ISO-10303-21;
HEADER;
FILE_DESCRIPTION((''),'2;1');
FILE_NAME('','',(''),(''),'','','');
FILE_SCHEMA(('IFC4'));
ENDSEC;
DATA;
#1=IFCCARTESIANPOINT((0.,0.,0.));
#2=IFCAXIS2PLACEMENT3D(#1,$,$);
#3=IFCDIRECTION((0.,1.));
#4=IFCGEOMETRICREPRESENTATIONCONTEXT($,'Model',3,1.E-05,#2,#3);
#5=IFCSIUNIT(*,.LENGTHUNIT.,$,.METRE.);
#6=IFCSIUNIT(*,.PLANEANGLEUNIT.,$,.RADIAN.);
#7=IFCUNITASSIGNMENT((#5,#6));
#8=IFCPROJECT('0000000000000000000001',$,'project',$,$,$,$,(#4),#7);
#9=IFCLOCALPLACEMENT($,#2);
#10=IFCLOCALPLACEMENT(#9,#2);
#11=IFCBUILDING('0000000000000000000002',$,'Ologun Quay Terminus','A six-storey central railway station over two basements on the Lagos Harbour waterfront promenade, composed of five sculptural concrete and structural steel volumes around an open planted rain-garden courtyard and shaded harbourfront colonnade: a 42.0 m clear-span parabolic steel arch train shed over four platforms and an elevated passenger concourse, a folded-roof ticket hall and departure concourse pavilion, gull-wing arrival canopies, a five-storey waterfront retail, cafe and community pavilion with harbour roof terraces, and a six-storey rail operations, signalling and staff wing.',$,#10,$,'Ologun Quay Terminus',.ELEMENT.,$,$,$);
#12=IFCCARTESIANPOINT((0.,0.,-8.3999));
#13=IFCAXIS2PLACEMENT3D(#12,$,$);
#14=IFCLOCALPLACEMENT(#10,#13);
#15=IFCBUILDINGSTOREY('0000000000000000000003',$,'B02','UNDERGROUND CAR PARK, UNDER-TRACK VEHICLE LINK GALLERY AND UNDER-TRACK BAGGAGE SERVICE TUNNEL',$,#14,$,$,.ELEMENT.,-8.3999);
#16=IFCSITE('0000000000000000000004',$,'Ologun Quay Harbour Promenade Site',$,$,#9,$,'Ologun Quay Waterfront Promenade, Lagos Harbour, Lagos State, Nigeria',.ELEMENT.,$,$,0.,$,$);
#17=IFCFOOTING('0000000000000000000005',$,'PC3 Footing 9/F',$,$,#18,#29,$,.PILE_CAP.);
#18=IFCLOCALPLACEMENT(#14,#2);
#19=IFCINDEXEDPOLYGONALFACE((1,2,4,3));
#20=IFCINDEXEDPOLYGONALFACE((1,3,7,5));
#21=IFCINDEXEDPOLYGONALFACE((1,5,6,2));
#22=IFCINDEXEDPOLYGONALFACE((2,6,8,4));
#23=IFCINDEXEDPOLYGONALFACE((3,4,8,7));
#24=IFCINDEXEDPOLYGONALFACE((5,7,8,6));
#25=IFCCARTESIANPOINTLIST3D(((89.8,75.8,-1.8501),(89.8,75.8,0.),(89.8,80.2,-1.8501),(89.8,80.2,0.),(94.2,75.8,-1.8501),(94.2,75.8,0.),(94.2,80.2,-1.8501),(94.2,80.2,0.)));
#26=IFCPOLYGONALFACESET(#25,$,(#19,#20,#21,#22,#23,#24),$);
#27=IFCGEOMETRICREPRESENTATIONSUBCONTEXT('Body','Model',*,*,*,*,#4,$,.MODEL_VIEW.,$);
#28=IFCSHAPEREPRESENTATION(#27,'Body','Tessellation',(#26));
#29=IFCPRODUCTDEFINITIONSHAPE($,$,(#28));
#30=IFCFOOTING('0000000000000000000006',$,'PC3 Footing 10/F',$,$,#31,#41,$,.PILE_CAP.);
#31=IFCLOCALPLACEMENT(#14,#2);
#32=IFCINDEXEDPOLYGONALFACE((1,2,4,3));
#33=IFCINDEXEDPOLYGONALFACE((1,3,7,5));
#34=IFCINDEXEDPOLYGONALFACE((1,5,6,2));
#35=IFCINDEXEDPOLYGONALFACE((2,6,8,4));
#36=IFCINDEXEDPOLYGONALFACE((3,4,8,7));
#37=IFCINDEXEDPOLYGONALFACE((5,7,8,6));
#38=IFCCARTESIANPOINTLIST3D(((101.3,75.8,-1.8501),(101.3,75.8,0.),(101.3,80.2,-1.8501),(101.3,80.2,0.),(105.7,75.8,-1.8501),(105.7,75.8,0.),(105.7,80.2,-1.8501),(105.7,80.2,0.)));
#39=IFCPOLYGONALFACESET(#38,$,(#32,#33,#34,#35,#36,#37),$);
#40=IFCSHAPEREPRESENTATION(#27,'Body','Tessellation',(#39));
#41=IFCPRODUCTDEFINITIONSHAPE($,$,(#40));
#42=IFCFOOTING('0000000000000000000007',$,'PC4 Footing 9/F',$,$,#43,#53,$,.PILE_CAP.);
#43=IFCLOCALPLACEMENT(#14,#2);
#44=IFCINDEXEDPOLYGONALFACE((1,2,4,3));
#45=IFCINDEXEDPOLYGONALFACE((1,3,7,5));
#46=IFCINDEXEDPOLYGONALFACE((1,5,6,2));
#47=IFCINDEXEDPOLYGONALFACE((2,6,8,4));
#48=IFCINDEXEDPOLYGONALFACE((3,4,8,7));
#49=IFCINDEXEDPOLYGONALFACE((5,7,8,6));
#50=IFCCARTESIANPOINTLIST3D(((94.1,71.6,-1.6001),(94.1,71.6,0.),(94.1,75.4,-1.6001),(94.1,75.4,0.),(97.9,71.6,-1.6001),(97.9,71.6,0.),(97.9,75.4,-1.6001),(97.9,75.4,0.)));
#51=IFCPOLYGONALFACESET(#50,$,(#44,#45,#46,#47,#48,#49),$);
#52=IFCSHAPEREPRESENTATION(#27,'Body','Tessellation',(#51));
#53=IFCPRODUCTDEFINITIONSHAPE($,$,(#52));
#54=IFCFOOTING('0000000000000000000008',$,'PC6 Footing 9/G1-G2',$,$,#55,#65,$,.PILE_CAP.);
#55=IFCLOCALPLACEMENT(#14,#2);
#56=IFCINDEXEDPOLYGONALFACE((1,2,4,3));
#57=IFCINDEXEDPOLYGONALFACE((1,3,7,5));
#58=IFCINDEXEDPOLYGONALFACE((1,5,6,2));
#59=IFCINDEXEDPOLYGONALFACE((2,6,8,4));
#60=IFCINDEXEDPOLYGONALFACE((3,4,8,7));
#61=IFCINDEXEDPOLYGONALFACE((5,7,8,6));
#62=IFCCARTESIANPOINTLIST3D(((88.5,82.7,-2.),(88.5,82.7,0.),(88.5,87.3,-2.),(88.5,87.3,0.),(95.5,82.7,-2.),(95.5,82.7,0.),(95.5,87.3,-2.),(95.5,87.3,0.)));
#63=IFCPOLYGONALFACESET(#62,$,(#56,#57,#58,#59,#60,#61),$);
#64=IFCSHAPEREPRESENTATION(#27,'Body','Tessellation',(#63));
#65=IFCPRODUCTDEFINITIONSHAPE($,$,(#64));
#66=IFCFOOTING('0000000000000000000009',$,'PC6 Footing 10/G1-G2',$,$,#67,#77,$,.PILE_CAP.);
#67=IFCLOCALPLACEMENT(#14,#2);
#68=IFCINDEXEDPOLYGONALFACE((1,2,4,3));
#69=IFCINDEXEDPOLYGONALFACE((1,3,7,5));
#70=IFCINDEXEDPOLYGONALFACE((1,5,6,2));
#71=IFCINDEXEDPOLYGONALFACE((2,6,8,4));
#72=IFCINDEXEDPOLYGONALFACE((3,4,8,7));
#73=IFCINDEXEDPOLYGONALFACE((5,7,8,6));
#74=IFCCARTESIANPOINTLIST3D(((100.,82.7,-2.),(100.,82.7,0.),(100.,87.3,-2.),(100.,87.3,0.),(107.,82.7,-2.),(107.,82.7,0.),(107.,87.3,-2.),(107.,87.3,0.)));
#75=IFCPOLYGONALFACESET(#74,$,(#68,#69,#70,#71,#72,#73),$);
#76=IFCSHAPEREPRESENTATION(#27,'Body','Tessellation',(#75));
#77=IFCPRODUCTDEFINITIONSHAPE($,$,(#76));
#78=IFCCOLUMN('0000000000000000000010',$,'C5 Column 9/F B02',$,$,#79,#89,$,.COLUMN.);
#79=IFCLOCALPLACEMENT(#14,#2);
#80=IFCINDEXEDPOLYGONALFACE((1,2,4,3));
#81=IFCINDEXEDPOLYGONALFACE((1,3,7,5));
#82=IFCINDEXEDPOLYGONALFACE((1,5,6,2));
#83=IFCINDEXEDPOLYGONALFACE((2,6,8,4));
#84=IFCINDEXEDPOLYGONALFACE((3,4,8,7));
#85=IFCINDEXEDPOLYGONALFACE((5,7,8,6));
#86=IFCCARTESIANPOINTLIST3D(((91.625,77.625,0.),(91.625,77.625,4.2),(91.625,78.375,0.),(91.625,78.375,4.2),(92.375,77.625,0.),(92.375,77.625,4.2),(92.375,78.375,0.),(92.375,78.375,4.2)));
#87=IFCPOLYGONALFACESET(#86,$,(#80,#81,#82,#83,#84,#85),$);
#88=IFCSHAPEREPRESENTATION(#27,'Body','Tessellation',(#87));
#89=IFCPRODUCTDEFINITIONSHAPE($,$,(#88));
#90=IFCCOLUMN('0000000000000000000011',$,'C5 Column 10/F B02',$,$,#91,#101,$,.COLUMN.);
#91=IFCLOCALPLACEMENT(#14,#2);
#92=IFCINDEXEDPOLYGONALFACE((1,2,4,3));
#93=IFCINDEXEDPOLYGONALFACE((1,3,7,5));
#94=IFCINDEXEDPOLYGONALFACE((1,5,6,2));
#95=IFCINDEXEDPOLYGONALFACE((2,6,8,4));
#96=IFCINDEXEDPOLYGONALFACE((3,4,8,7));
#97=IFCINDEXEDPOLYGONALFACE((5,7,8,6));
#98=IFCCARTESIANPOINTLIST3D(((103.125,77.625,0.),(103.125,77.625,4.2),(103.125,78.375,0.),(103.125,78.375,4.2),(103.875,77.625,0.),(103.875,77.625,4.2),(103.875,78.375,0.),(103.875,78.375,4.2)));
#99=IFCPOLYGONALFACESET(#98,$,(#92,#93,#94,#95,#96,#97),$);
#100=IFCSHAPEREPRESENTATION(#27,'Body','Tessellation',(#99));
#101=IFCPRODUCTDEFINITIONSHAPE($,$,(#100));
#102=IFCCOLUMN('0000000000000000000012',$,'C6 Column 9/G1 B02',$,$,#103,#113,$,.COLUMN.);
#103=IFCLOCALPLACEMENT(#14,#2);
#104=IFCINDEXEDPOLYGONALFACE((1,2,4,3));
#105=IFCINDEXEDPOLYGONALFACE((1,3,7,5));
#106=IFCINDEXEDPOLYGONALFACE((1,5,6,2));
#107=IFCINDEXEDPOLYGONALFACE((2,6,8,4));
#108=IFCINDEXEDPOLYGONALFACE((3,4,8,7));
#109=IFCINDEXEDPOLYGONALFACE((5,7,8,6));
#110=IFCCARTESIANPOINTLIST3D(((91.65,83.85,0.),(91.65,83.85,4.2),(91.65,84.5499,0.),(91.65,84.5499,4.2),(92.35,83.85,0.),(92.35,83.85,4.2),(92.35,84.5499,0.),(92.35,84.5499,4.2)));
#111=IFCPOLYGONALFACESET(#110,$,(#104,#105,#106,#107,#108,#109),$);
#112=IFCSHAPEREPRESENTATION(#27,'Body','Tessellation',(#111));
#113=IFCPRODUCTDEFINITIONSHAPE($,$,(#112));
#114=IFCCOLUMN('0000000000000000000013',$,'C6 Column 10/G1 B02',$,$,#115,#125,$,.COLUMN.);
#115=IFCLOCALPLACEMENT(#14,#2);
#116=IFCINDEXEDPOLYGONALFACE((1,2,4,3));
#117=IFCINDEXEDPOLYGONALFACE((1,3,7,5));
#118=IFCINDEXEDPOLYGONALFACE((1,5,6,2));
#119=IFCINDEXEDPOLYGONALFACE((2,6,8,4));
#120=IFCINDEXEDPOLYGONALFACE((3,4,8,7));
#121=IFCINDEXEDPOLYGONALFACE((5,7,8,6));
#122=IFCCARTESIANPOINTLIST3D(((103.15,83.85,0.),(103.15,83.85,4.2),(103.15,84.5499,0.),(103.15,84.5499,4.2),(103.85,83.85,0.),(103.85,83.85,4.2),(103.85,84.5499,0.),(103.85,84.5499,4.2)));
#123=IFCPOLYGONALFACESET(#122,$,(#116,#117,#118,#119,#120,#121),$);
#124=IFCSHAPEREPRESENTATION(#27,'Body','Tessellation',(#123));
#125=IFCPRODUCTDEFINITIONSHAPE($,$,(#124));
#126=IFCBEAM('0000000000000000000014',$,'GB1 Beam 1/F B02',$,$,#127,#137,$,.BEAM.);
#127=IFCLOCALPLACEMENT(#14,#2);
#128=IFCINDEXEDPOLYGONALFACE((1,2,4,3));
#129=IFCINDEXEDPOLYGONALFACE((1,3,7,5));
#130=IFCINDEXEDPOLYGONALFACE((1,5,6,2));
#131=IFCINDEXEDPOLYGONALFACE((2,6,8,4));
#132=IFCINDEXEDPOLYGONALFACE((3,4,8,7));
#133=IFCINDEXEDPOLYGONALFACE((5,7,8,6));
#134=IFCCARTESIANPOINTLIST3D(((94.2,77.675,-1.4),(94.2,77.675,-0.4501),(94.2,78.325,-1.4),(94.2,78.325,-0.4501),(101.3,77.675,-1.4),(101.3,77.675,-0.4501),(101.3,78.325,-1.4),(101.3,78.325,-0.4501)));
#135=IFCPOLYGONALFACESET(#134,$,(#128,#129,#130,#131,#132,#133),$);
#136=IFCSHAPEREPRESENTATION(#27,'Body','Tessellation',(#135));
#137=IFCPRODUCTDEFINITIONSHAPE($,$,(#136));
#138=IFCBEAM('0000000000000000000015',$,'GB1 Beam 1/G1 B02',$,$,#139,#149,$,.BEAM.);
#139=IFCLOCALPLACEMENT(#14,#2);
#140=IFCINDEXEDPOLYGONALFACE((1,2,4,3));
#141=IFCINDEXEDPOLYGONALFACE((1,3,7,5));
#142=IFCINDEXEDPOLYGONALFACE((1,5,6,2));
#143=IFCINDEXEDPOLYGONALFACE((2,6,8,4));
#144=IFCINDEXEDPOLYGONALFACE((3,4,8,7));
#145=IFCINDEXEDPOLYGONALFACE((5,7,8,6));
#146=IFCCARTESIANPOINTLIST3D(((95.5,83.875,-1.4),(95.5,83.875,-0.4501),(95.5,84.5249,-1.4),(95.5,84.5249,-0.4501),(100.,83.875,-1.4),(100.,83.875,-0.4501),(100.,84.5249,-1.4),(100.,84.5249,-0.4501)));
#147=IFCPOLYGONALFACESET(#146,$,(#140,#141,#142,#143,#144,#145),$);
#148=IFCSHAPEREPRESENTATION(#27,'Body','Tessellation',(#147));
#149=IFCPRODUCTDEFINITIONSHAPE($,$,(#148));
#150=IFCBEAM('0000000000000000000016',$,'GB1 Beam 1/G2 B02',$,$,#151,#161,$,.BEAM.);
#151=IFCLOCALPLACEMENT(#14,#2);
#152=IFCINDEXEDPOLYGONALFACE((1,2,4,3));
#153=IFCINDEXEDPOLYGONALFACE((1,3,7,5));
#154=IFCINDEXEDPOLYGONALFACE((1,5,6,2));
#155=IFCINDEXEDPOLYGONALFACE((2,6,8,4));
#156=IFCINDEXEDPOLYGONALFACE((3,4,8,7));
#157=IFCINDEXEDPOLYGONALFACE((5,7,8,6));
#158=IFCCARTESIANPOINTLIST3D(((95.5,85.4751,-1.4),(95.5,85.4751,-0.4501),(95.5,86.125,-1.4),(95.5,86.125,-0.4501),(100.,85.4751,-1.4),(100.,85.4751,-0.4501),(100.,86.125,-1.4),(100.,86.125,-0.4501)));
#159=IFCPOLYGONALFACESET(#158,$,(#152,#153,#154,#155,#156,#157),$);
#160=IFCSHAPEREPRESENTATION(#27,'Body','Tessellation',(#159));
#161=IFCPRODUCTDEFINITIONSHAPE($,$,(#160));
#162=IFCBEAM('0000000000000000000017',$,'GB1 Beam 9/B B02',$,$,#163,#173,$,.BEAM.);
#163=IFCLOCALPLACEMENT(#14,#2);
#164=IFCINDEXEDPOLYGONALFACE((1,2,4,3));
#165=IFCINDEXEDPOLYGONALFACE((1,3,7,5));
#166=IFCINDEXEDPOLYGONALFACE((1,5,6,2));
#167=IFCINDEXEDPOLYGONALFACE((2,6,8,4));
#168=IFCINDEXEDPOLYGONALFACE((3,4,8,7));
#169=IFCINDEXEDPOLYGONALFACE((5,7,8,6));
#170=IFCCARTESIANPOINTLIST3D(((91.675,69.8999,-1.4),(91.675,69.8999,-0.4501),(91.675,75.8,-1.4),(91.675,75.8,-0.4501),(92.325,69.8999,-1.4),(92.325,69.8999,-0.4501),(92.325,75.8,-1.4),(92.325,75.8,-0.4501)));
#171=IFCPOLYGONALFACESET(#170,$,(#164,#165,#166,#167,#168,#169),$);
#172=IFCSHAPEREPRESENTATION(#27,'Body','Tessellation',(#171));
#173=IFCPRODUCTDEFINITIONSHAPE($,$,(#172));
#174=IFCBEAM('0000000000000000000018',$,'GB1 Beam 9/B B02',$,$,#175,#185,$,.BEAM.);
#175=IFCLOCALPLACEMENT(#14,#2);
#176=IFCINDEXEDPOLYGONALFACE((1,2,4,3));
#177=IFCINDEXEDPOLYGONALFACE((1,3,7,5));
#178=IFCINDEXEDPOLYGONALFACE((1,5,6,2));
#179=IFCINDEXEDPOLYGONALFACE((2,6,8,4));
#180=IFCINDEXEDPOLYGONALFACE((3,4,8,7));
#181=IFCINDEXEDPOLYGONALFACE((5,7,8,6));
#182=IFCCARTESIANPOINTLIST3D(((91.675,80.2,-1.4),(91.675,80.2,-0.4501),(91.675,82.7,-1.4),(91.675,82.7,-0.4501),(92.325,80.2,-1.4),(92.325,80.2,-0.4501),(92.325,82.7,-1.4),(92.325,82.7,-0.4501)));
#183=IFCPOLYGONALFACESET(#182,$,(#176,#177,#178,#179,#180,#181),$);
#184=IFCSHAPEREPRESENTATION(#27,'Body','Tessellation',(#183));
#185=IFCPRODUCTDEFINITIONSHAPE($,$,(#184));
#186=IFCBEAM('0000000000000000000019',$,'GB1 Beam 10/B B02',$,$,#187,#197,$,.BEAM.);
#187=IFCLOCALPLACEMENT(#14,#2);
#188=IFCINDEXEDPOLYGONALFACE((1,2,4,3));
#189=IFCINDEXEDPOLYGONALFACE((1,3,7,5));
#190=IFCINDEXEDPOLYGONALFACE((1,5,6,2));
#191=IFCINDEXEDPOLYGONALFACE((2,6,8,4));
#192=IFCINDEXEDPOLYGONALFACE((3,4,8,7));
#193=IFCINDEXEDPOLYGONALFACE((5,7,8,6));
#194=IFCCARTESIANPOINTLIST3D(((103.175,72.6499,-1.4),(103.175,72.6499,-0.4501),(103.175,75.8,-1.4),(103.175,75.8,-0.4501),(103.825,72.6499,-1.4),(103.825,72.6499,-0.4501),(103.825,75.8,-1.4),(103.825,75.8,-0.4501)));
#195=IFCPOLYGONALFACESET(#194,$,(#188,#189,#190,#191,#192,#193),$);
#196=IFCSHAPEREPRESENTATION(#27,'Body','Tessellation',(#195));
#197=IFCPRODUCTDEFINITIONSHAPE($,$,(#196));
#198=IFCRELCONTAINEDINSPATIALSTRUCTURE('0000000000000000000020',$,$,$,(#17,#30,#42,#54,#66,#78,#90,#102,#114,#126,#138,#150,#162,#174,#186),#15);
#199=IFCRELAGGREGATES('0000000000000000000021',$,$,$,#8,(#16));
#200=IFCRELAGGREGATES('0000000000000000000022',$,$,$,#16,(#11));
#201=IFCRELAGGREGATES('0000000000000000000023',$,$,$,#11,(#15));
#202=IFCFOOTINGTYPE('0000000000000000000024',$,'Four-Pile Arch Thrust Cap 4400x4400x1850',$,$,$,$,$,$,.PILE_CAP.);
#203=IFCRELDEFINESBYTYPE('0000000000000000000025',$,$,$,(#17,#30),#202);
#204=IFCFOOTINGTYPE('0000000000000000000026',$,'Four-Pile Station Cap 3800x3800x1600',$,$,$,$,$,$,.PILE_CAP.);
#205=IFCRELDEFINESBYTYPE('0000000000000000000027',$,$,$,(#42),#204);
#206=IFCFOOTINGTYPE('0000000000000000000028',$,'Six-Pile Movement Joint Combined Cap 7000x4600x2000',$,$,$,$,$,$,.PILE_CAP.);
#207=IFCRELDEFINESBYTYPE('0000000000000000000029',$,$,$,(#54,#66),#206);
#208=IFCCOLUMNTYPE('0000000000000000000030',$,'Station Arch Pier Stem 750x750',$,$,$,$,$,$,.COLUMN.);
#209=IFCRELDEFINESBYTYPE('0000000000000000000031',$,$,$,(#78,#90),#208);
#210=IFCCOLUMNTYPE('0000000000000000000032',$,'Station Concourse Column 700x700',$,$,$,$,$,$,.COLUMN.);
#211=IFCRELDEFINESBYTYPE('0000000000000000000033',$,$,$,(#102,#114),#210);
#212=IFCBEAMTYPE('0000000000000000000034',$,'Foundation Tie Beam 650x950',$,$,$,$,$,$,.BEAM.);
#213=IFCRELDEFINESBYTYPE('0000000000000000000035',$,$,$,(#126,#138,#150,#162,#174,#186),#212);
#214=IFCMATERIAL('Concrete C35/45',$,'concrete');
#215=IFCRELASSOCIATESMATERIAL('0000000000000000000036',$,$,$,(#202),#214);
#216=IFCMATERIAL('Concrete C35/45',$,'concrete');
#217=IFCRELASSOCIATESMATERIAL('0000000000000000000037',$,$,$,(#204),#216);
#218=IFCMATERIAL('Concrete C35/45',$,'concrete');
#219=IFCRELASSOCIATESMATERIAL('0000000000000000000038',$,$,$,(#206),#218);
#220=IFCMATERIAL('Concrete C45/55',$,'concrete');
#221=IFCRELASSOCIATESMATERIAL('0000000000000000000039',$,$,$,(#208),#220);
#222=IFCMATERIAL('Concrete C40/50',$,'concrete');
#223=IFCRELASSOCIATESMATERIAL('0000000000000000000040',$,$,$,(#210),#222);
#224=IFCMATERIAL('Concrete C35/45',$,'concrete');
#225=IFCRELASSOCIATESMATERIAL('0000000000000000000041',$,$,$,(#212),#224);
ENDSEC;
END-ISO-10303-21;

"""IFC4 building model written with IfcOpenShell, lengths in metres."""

from ifc_helpers import new_model, si_unit, direction, frame, origin, origin_2d, place, context, subcontext, project, spatial, rectangle, extrude, material, material_profile, profile_set, type_object, element, save


model = new_model("IFC4")

# Units and contexts
model_context = context("Model", 3, precision=1e-05, world=origin(), true_north=direction((0.0, 1.0)))
body_context = subcontext(model_context, "Body", "Model", "MODEL_VIEW")
ifc_project = project(units=[si_unit("LENGTHUNIT", "METRE"), si_unit("PLANEANGLEUNIT", "RADIAN")], contexts=[model_context])

# Site, building, storey
site_placement = place(None, origin())
site = spatial("IfcSite", under=ifc_project, at=site_placement, Name="Ologun Quay Harbour Promenade Site", LongName="Ologun Quay Waterfront Promenade, Lagos Harbour, Lagos State, Nigeria", CompositionType="ELEMENT", RefElevation=0.0)
building_placement = place(site_placement, origin())
building = spatial("IfcBuilding", under=site, at=building_placement, Name="Ologun Quay Terminus", Description="A six-storey central railway station over two basements on the Lagos Harbour waterfront promenade, composed of five sculptural concrete and structural steel volumes around an open planted rain-garden courtyard and shaded harbourfront colonnade: a 42.0 m clear-span parabolic steel arch train shed over four platforms and an elevated passenger concourse, a folded-roof ticket hall and departure concourse pavilion, gull-wing arrival canopies, a five-storey waterfront retail, cafe and community pavilion with harbour roof terraces, and a six-storey rail operations, signalling and staff wing.", LongName="Ologun Quay Terminus", CompositionType="ELEMENT")
storey_placement = place(building_placement, frame((0.0, 0.0, -8.3999)))
storey = spatial("IfcBuildingStorey", under=building, at=storey_placement, Name="B02", Description="UNDERGROUND CAR PARK, UNDER-TRACK VEHICLE LINK GALLERY AND UNDER-TRACK BAGGAGE SERVICE TUNNEL", CompositionType="ELEMENT", Elevation=-8.3999)

# Footings
ifc_material_1 = material(Name="Concrete C35/45", Category="concrete")
footing_type_1 = type_object("IfcFootingType", Name="Four-Pile Arch Thrust Cap 4400x4400x1850", PredefinedType="PILE_CAP", material=ifc_material_1)
for number, where, z_axis, x_axis, name in (
    (1, (92.0, 78.0, -1.8501), (0.0, 0.0, 1.0), (1.0, 0.0, 0.0), "PC3 Footing 9/F"),
    (2, (103.5, 78.0, -1.8501), (0.0, 0.0, 1.0), (1.0, 0.0, 0.0), "PC3 Footing 10/F"),
):
    element("IfcFooting", number, at=place(storey_placement, frame(where, z_axis=z_axis, x_axis=x_axis)), inside=storey, type_object=footing_type_1, Name=name, PredefinedType="PILE_CAP", context=body_context, shape_type="SweptSolid", body=[
        extrude(rectangle(XDim=4.3999, YDim=4.3999, at=origin_2d()), origin(), (0.0, 0.0, 1.0), 1.8501),
    ])
ifc_material_2 = material(Name="Concrete C35/45", Category="concrete")
footing_type_2 = type_object("IfcFootingType", Name="Four-Pile Station Cap 3800x3800x1600", PredefinedType="PILE_CAP", material=ifc_material_2)
footing_placement = place(storey_placement, frame((96.0, 73.5, -1.6001), z_axis=(0.0, 0.0, 1.0), x_axis=(1.0, 0.0, 0.0)))
element("IfcFooting", 3, at=footing_placement, inside=storey, type_object=footing_type_2, Name="PC4 Footing 9/F", PredefinedType="PILE_CAP", context=body_context, shape_type="SweptSolid", body=[
    extrude(rectangle(XDim=3.8, YDim=3.8, at=origin_2d()), origin(), (0.0, 0.0, 1.0), 1.6001),
])
ifc_material_3 = material(Name="Concrete C35/45", Category="concrete")
footing_type_3 = type_object("IfcFootingType", Name="Six-Pile Movement Joint Combined Cap 7000x4600x2000", PredefinedType="PILE_CAP", material=ifc_material_3)
for number, where, z_axis, x_axis, name in (
    (4, (92.0, 85.0, -2.0), (0.0, 0.0, 1.0), (1.0, 0.0, 0.0), "PC6 Footing 9/G1-G2"),
    (5, (103.5, 85.0, -2.0), (0.0, 0.0, 1.0), (1.0, 0.0, 0.0), "PC6 Footing 10/G1-G2"),
):
    element("IfcFooting", number, at=place(storey_placement, frame(where, z_axis=z_axis, x_axis=x_axis)), inside=storey, type_object=footing_type_3, Name=name, PredefinedType="PILE_CAP", context=body_context, shape_type="SweptSolid", body=[
        extrude(rectangle(XDim=7.0, YDim=4.6001, at=origin_2d()), origin(), (0.0, 0.0, 1.0), 2.0),
    ])

# Columns
ifc_material_4 = material(Name="Concrete C45/55", Category="concrete")
ifc_material_profile_1 = material_profile(ifc_material_4, rectangle(XDim=0.75, YDim=0.75, at=origin_2d()), Name="RC 750x750")
ifc_profile_set_1 = profile_set([ifc_material_profile_1], Name="Concrete C45/55")
column_type_1 = type_object("IfcColumnType", Name="Station Arch Pier Stem 750x750", PredefinedType="COLUMN", material=ifc_profile_set_1)
for number, where, z_axis, x_axis, name in (
    (6, (92.0, 78.0, 0.0), (0.0, 0.0, 1.0), (1.0, 0.0, 0.0), "C5 Column 9/F B02"),
    (7, (103.5, 78.0, 0.0), (0.0, 0.0, 1.0), (1.0, 0.0, 0.0), "C5 Column 10/F B02"),
):
    element("IfcColumn", number, at=place(storey_placement, frame(where, z_axis=z_axis, x_axis=x_axis)), inside=storey, type_object=column_type_1, Name=name, PredefinedType="COLUMN", context=body_context, shape_type="SweptSolid", body=[
        extrude(rectangle(XDim=0.75, YDim=0.75, at=origin_2d()), origin(), (0.0, 0.0, 1.0), 4.2),
    ])
ifc_material_5 = material(Name="Concrete C40/50", Category="concrete")
ifc_material_profile_2 = material_profile(ifc_material_5, rectangle(XDim=0.7, YDim=0.7, at=origin_2d()), Name="RC 700x700")
ifc_profile_set_2 = profile_set([ifc_material_profile_2], Name="Concrete C40/50")
column_type_2 = type_object("IfcColumnType", Name="Station Concourse Column 700x700", PredefinedType="COLUMN", material=ifc_profile_set_2)
for number, where, z_axis, x_axis, name in (
    (8, (92.0, 84.2, 0.0), (0.0, 0.0, 1.0), (1.0, 0.0, 0.0), "C6 Column 9/G1 B02"),
    (9, (103.5, 84.2, 0.0), (0.0, 0.0, 1.0), (1.0, 0.0, 0.0), "C6 Column 10/G1 B02"),
):
    element("IfcColumn", number, at=place(storey_placement, frame(where, z_axis=z_axis, x_axis=x_axis)), inside=storey, type_object=column_type_2, Name=name, PredefinedType="COLUMN", context=body_context, shape_type="SweptSolid", body=[
        extrude(rectangle(XDim=0.7, YDim=0.7, at=origin_2d()), origin(), (0.0, 0.0, 1.0), 4.2),
    ])

# Beams
ifc_material_6 = material(Name="Concrete C35/45", Category="concrete")
ifc_material_profile_3 = material_profile(ifc_material_6, rectangle(XDim=0.6499, YDim=0.95, at=origin_2d()), Name="RC 650x950")
ifc_profile_set_3 = profile_set([ifc_material_profile_3], Name="Concrete C35/45")
beam_type = type_object("IfcBeamType", Name="Foundation Tie Beam 650x950", PredefinedType="BEAM", material=ifc_profile_set_3)
beam_1_placement = place(storey_placement, frame((94.2, 78.0, -0.925), z_axis=(1.0, 0.0, 0.0), x_axis=(0.0, 1.0, 0.0)))
element("IfcBeam", 10, at=beam_1_placement, inside=storey, type_object=beam_type, Name="GB1 Beam 1/F B02", PredefinedType="BEAM", context=body_context, shape_type="SweptSolid", body=[
    extrude(rectangle(XDim=0.6499, YDim=0.95, at=origin_2d()), origin(), (0.0, 0.0, 1.0), 7.1001),
])
for number, where, z_axis, x_axis, name in (
    (11, (95.5, 84.2, -0.925), (1.0, 0.0, 0.0), (0.0, 1.0, 0.0), "GB1 Beam 1/G1 B02"),
    (12, (95.5, 85.8, -0.925), (1.0, 0.0, 0.0), (0.0, 1.0, 0.0), "GB1 Beam 1/G2 B02"),
):
    element("IfcBeam", number, at=place(storey_placement, frame(where, z_axis=z_axis, x_axis=x_axis)), inside=storey, type_object=beam_type, Name=name, PredefinedType="BEAM", context=body_context, shape_type="SweptSolid", body=[
        extrude(rectangle(XDim=0.6499, YDim=0.95, at=origin_2d()), origin(), (0.0, 0.0, 1.0), 4.5),
    ])
beam_2_placement = place(storey_placement, frame((92.0, 69.8999, -0.925), z_axis=(0.0, 1.0, 0.0), x_axis=(-1.0, 0.0, 0.0)))
element("IfcBeam", 13, at=beam_2_placement, inside=storey, type_object=beam_type, Name="GB1 Beam 9/B B02", PredefinedType="BEAM", context=body_context, shape_type="SweptSolid", body=[
    extrude(rectangle(XDim=0.6499, YDim=0.95, at=origin_2d()), origin(), (0.0, 0.0, 1.0), 5.9001),
])
beam_3_placement = place(storey_placement, frame((92.0, 80.2, -0.925), z_axis=(0.0, 1.0, 0.0), x_axis=(-1.0, 0.0, 0.0)))
element("IfcBeam", 14, at=beam_3_placement, inside=storey, type_object=beam_type, Name="GB1 Beam 9/B B02", PredefinedType="BEAM", context=body_context, shape_type="SweptSolid", body=[
    extrude(rectangle(XDim=0.6499, YDim=0.95, at=origin_2d()), origin(), (0.0, 0.0, 1.0), 2.5),
])
beam_4_placement = place(storey_placement, frame((103.5, 72.6499, -0.925), z_axis=(0.0, 1.0, 0.0), x_axis=(-1.0, 0.0, 0.0)))
element("IfcBeam", 15, at=beam_4_placement, inside=storey, type_object=beam_type, Name="GB1 Beam 10/B B02", PredefinedType="BEAM", context=body_context, shape_type="SweptSolid", body=[
    extrude(rectangle(XDim=0.6499, YDim=0.95, at=origin_2d()), origin(), (0.0, 0.0, 1.0), 3.1501),
])

save(model, "model.ifc")
